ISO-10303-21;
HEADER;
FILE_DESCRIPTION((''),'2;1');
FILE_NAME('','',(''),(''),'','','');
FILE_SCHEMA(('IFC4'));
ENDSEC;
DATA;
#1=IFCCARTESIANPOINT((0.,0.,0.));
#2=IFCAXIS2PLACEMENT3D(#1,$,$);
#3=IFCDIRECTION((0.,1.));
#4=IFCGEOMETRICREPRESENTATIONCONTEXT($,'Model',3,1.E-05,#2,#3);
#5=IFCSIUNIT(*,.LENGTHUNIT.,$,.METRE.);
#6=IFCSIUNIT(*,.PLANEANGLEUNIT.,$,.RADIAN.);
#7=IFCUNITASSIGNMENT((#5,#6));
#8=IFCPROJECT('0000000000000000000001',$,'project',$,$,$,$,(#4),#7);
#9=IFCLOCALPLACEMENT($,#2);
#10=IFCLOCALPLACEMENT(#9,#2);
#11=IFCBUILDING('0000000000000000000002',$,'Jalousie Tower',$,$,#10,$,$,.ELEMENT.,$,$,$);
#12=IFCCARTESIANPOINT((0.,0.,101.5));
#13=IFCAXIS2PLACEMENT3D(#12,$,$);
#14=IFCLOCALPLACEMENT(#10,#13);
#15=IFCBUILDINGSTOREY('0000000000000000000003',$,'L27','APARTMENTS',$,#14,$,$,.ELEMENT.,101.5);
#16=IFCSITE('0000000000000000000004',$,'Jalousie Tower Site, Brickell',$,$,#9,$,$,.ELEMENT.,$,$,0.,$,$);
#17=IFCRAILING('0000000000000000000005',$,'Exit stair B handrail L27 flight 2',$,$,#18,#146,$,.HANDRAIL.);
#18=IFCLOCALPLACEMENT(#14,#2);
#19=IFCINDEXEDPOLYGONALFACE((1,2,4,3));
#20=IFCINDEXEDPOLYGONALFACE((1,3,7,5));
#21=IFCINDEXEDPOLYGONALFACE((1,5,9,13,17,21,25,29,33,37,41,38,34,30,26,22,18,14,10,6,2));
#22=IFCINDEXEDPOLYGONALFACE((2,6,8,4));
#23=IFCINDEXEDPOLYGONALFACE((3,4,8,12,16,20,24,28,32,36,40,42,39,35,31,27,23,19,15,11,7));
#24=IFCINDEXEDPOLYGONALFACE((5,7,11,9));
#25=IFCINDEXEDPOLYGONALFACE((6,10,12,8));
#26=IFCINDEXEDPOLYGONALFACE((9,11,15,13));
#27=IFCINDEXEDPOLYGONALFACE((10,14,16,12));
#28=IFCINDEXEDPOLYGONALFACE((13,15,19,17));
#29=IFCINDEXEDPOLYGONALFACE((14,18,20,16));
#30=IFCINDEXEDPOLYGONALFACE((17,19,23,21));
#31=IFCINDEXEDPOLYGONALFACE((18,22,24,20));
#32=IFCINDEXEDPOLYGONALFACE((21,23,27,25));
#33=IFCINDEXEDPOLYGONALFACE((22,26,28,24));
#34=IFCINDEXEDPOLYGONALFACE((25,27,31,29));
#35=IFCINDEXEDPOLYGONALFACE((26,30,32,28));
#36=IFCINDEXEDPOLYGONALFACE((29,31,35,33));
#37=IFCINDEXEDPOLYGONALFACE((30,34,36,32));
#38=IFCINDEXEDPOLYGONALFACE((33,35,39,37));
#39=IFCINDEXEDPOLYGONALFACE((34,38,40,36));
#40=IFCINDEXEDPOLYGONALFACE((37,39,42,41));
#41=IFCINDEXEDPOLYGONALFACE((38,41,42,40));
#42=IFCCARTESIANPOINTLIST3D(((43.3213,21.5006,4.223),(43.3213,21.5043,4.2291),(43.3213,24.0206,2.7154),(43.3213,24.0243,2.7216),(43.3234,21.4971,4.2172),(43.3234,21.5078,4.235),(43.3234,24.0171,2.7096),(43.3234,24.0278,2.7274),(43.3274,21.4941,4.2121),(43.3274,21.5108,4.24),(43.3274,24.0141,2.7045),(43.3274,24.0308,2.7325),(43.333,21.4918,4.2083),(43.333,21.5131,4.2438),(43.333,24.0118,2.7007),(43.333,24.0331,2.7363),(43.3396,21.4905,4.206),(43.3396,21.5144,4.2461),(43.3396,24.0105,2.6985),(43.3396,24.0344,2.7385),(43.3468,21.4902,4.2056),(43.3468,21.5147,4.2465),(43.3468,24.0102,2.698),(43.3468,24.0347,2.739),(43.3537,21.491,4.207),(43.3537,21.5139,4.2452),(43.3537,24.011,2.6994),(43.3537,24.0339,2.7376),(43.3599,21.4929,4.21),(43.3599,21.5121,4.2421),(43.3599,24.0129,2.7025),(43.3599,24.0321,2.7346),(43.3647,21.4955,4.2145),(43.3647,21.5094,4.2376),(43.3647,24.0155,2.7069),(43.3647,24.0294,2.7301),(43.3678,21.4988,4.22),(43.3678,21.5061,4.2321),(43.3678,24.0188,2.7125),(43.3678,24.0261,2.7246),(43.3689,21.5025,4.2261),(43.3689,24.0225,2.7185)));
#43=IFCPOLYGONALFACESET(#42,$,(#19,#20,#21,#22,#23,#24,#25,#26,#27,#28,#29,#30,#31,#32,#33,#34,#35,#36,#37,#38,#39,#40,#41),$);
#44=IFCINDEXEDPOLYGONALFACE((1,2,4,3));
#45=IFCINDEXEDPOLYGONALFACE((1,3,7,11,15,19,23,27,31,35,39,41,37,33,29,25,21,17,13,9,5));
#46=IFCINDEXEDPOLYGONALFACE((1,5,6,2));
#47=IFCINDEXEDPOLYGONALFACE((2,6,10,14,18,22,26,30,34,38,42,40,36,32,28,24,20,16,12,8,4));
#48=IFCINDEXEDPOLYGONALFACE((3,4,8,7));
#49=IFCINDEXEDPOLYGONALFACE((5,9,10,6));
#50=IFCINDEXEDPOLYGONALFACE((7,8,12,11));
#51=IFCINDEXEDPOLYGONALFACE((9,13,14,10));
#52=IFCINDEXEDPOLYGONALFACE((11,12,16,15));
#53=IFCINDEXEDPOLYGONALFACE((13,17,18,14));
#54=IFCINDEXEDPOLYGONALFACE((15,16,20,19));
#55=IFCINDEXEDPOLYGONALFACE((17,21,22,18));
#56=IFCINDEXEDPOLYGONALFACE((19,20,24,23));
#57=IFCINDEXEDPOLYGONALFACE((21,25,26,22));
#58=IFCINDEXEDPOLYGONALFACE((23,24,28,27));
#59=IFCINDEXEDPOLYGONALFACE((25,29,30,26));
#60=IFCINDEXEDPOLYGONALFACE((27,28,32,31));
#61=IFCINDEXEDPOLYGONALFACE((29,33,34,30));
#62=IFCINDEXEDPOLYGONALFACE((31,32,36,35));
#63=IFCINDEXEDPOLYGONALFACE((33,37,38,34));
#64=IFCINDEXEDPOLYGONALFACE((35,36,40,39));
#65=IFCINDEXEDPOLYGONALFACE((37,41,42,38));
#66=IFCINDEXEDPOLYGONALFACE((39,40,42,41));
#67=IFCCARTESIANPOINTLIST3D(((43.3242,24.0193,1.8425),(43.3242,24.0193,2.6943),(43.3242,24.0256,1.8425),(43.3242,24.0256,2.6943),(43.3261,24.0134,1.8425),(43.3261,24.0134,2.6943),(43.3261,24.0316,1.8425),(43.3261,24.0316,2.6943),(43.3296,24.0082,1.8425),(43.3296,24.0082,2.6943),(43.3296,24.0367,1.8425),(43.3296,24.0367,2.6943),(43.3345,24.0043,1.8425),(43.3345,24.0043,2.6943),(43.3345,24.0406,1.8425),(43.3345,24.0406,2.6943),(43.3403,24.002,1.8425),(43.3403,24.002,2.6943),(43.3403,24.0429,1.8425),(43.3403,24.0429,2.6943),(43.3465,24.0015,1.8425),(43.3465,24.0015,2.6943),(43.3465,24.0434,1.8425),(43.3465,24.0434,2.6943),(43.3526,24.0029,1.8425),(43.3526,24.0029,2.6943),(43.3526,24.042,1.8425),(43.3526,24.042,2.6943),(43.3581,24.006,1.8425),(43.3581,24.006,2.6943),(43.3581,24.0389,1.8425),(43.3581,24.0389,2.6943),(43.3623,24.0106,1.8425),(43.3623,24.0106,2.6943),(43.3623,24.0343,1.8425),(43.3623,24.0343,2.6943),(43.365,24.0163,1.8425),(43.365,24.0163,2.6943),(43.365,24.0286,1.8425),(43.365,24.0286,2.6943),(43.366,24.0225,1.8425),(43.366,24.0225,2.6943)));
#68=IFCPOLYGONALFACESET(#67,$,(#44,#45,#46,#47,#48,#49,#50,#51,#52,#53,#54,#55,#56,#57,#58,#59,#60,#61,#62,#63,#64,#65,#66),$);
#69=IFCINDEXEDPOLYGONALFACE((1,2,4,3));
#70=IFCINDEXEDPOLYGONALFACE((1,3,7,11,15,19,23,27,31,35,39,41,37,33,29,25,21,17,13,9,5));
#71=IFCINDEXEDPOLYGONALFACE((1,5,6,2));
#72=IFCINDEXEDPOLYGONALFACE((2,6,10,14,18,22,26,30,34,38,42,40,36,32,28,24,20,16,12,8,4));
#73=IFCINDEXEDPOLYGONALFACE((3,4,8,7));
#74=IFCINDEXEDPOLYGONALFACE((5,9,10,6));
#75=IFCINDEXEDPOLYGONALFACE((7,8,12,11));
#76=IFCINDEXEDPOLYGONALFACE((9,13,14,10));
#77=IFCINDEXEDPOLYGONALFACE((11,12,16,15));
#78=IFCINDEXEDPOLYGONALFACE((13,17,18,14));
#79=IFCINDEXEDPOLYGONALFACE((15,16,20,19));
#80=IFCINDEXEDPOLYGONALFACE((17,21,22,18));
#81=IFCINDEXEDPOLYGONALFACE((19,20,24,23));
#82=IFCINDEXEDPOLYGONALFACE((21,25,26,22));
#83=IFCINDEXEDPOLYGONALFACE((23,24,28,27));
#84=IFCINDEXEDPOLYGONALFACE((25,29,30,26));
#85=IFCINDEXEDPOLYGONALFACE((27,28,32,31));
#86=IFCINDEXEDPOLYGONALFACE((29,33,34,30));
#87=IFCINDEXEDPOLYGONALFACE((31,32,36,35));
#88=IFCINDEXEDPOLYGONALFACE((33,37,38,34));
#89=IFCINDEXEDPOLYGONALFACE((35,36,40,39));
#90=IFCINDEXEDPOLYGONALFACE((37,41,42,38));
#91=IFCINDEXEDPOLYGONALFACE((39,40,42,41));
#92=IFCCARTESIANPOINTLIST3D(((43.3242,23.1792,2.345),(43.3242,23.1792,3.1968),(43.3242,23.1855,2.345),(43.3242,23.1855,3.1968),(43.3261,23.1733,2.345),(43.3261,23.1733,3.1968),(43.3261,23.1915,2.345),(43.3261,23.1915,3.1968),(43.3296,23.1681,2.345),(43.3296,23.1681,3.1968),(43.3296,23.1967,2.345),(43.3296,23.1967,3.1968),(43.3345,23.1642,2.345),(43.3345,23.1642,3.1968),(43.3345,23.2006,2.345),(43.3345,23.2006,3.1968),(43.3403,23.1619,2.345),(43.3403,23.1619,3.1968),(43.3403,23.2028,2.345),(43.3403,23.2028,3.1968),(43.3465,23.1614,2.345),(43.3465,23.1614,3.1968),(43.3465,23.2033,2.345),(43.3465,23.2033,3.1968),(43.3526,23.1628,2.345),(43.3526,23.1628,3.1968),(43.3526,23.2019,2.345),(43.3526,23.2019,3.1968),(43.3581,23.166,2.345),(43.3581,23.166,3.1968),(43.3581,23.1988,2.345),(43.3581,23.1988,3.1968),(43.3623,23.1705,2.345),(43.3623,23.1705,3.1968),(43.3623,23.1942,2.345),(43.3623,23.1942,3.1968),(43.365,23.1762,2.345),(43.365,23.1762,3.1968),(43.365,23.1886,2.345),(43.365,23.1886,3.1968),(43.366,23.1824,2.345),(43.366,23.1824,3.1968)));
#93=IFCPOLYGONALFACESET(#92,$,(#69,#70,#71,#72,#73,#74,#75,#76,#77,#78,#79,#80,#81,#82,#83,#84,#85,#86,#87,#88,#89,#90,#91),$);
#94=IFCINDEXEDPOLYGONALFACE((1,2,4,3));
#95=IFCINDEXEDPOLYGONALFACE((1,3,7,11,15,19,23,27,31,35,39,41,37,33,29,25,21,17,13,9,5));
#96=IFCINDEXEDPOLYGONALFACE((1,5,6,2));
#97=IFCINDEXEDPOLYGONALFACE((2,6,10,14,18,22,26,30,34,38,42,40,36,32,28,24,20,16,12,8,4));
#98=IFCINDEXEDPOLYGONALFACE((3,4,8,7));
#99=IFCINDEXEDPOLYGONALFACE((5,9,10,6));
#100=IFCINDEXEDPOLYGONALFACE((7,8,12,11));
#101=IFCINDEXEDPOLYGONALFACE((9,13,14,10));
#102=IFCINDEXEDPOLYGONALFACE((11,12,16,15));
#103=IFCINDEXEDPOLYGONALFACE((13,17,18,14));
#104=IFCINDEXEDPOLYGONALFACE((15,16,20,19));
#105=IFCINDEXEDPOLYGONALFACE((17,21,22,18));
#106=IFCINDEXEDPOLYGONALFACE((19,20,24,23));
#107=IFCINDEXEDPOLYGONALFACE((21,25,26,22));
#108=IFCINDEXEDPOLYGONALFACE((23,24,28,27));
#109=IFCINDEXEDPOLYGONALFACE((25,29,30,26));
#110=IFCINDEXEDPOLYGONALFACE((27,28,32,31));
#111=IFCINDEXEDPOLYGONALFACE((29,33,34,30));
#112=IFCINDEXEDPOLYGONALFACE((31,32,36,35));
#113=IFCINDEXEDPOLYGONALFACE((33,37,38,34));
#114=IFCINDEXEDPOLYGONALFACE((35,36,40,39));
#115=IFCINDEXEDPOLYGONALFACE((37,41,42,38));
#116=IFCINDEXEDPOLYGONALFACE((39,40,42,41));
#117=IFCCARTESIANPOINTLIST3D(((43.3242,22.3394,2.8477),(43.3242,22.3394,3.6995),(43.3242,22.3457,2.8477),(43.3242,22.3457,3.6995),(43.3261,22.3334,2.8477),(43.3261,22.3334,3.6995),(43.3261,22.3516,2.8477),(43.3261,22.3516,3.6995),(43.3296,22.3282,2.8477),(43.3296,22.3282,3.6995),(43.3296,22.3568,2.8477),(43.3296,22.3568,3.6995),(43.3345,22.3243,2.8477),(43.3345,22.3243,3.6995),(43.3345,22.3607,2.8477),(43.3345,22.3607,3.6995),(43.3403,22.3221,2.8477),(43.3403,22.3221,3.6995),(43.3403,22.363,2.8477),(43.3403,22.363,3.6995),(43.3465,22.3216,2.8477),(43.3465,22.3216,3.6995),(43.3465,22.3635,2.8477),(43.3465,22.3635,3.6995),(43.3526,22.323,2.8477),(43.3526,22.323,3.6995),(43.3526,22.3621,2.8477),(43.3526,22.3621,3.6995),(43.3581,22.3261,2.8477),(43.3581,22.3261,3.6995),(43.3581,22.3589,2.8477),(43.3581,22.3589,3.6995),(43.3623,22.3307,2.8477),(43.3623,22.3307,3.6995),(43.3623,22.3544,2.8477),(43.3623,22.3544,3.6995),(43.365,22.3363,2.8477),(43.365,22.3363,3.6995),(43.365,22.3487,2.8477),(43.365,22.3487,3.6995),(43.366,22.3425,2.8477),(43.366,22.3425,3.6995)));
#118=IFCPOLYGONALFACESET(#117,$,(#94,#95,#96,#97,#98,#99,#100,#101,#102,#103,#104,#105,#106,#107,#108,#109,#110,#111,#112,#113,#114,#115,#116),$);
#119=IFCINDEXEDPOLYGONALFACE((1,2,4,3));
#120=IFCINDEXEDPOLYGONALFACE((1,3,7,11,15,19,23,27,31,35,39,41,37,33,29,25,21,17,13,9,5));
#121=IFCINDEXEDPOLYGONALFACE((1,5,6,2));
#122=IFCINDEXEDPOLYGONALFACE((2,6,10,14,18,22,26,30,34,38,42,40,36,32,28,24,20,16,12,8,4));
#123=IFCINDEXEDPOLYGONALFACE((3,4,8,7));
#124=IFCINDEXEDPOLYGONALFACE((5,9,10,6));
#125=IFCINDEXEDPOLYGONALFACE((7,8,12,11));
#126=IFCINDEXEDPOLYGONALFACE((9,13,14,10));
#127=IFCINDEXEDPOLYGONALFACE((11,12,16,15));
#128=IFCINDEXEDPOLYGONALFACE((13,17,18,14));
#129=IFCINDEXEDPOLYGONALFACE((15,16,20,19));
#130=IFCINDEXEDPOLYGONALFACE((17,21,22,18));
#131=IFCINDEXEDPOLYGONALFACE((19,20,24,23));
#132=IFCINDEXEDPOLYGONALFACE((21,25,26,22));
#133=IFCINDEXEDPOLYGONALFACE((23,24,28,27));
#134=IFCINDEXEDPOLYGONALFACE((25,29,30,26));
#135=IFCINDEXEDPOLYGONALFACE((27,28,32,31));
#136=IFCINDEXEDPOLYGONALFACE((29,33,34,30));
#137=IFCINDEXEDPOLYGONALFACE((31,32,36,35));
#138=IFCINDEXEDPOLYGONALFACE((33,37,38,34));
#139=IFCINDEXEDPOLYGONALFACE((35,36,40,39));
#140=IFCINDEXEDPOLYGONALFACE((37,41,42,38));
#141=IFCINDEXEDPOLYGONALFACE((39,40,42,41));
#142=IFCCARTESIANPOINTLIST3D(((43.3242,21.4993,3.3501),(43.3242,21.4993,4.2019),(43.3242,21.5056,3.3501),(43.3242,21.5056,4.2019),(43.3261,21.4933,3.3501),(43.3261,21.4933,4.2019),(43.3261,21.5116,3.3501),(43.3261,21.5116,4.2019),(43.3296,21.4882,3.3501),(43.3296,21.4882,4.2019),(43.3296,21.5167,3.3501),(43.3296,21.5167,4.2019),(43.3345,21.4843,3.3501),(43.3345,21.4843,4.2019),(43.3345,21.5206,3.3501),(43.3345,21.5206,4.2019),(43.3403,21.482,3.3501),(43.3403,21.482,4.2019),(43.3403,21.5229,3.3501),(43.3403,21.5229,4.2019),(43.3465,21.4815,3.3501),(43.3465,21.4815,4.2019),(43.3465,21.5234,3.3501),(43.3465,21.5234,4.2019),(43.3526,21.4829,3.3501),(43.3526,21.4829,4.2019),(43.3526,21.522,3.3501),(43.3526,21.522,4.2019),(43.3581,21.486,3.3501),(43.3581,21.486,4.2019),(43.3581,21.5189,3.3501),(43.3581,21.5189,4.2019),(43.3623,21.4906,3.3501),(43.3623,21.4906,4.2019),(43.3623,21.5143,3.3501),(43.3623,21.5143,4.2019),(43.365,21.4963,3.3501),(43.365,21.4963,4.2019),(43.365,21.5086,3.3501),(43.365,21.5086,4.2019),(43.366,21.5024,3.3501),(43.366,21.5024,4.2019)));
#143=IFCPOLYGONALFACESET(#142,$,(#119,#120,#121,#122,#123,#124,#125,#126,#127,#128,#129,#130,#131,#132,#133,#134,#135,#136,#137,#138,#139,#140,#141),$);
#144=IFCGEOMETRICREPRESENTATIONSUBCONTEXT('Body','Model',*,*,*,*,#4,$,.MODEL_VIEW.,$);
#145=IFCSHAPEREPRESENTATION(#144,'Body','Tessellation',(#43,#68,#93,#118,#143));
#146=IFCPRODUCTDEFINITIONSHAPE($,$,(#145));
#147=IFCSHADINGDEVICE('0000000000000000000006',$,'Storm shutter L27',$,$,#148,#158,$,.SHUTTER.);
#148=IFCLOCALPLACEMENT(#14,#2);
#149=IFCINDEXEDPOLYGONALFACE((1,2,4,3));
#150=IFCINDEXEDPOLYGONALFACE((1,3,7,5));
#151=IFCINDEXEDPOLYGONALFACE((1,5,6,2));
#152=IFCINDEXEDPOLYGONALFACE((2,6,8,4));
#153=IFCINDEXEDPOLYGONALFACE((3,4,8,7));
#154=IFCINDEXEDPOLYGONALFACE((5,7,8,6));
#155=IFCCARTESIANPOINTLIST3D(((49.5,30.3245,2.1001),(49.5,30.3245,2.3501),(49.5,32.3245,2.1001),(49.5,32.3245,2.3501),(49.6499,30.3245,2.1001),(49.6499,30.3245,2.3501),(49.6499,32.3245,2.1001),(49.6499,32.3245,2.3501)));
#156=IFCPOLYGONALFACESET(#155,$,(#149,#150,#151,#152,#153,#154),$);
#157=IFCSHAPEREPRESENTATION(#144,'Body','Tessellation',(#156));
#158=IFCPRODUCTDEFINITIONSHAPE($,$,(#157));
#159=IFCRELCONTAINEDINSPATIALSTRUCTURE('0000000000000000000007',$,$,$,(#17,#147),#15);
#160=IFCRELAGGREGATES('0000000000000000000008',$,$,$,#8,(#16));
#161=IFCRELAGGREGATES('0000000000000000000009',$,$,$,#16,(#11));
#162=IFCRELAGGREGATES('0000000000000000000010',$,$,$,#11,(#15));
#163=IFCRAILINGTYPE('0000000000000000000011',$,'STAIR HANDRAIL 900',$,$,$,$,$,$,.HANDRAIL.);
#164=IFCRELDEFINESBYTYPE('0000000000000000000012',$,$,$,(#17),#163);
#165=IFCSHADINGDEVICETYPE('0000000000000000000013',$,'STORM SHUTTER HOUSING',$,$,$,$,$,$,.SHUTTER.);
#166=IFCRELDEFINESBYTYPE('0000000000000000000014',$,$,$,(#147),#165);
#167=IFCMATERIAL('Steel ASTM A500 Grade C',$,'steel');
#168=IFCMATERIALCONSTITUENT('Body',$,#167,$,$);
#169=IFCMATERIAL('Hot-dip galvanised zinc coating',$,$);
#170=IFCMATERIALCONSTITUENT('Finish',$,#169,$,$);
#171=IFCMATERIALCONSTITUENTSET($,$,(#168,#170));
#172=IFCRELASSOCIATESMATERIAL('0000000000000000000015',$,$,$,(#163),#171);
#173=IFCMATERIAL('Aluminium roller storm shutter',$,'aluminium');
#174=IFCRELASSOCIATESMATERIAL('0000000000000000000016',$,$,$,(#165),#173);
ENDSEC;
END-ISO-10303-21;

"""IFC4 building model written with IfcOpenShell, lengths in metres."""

from ifc_helpers import new_model, si_unit, direction, frame, origin, origin_2d, place, context, subcontext, project, spatial, rectangle, circle, extrude, material, constituent, constituent_set, type_object, element, save


model = new_model("IFC4")

# Units and contexts
model_context = context("Model", 3, precision=1e-05, world=origin(), true_north=direction((0.0, 1.0)))
body_context = subcontext(model_context, "Body", "Model", "MODEL_VIEW")
ifc_project = project(units=[si_unit("LENGTHUNIT", "METRE"), si_unit("PLANEANGLEUNIT", "RADIAN")], contexts=[model_context])

# Site, building, storey
site_placement = place(None, origin())
site = spatial("IfcSite", under=ifc_project, at=site_placement, Name="Jalousie Tower Site, Brickell", CompositionType="ELEMENT", RefElevation=0.0)
building_placement = place(site_placement, origin())
building = spatial("IfcBuilding", under=site, at=building_placement, Name="Jalousie Tower", CompositionType="ELEMENT")
storey_placement = place(building_placement, frame((0.0, 0.0, 101.5)))
storey = spatial("IfcBuildingStorey", under=building, at=storey_placement, Name="L27", Description="APARTMENTS", CompositionType="ELEMENT", Elevation=101.5)

# Railing
ifc_material_1 = material(Name="Steel ASTM A500 Grade C", Category="steel")
ifc_constituent_1 = constituent(ifc_material_1, Name="Body")
ifc_material_2 = material(Name="Hot-dip galvanised zinc coating")
ifc_constituent_2 = constituent(ifc_material_2, Name="Finish")
ifc_constituent_set_1 = constituent_set(constituents=[ifc_constituent_1, ifc_constituent_2])
railing_type_1 = type_object("IfcRailingType", Name="STAIR HANDRAIL 900", PredefinedType="HANDRAIL", material=ifc_constituent_set_1)
railing_1_placement = place(storey_placement, frame((43.345, 24.0225, 1.8425)))
element("IfcRailing", 1, at=railing_1_placement, inside=storey, type_object=railing_type_1, Name="Exit stair B handrail L27 flight 2", PredefinedType="HANDRAIL", context=body_context, shape_type="SweptSolid", body=[
    extrude(circle(Radius=0.0239, at=origin_2d()), frame((0.0, 0.0, 0.876), z_axis=(0.0, -0.85816, 0.513383), x_axis=(1.0, 0.0, 0.0)), (0.0, 0.0, 1.0), 2.9365),
    extrude(circle(Radius=0.021, at=origin_2d()), origin(), (0.0, 0.0, 1.0), 0.8518),
    extrude(circle(Radius=0.021, at=origin_2d()), frame((0.0, -0.8401, 0.5024)), (0.0, 0.0, 1.0), 0.8518),
    extrude(circle(Radius=0.021, at=origin_2d()), frame((0.0, -1.6799, 1.0051)), (0.0, 0.0, 1.0), 0.8518),
    extrude(circle(Radius=0.021, at=origin_2d()), frame((0.0, -2.52, 1.5076)), (0.0, 0.0, 1.0), 0.8518),
])

# Shading device
ifc_material_3 = material(Name="Aluminium roller storm shutter", Category="aluminium")
shading_device_type = type_object("IfcShadingDeviceType", Name="STORM SHUTTER HOUSING", PredefinedType="SHUTTER", material=ifc_material_3)
shading_device_placement = place(storey_placement, frame((49.575, 31.3245, 2.1001), z_axis=(0.0, 0.0, 1.0), x_axis=(0.0, 1.0, 0.0)))
element("IfcShadingDevice", 2, at=shading_device_placement, inside=storey, type_object=shading_device_type, Name="Storm shutter L27", PredefinedType="SHUTTER", context=body_context, shape_type="SweptSolid", body=[
    extrude(rectangle(XDim=2.0, YDim=0.1499, at=origin_2d()), origin(), (0.0, 0.0, 1.0), 0.25),
])

save(model, "model.ifc")
